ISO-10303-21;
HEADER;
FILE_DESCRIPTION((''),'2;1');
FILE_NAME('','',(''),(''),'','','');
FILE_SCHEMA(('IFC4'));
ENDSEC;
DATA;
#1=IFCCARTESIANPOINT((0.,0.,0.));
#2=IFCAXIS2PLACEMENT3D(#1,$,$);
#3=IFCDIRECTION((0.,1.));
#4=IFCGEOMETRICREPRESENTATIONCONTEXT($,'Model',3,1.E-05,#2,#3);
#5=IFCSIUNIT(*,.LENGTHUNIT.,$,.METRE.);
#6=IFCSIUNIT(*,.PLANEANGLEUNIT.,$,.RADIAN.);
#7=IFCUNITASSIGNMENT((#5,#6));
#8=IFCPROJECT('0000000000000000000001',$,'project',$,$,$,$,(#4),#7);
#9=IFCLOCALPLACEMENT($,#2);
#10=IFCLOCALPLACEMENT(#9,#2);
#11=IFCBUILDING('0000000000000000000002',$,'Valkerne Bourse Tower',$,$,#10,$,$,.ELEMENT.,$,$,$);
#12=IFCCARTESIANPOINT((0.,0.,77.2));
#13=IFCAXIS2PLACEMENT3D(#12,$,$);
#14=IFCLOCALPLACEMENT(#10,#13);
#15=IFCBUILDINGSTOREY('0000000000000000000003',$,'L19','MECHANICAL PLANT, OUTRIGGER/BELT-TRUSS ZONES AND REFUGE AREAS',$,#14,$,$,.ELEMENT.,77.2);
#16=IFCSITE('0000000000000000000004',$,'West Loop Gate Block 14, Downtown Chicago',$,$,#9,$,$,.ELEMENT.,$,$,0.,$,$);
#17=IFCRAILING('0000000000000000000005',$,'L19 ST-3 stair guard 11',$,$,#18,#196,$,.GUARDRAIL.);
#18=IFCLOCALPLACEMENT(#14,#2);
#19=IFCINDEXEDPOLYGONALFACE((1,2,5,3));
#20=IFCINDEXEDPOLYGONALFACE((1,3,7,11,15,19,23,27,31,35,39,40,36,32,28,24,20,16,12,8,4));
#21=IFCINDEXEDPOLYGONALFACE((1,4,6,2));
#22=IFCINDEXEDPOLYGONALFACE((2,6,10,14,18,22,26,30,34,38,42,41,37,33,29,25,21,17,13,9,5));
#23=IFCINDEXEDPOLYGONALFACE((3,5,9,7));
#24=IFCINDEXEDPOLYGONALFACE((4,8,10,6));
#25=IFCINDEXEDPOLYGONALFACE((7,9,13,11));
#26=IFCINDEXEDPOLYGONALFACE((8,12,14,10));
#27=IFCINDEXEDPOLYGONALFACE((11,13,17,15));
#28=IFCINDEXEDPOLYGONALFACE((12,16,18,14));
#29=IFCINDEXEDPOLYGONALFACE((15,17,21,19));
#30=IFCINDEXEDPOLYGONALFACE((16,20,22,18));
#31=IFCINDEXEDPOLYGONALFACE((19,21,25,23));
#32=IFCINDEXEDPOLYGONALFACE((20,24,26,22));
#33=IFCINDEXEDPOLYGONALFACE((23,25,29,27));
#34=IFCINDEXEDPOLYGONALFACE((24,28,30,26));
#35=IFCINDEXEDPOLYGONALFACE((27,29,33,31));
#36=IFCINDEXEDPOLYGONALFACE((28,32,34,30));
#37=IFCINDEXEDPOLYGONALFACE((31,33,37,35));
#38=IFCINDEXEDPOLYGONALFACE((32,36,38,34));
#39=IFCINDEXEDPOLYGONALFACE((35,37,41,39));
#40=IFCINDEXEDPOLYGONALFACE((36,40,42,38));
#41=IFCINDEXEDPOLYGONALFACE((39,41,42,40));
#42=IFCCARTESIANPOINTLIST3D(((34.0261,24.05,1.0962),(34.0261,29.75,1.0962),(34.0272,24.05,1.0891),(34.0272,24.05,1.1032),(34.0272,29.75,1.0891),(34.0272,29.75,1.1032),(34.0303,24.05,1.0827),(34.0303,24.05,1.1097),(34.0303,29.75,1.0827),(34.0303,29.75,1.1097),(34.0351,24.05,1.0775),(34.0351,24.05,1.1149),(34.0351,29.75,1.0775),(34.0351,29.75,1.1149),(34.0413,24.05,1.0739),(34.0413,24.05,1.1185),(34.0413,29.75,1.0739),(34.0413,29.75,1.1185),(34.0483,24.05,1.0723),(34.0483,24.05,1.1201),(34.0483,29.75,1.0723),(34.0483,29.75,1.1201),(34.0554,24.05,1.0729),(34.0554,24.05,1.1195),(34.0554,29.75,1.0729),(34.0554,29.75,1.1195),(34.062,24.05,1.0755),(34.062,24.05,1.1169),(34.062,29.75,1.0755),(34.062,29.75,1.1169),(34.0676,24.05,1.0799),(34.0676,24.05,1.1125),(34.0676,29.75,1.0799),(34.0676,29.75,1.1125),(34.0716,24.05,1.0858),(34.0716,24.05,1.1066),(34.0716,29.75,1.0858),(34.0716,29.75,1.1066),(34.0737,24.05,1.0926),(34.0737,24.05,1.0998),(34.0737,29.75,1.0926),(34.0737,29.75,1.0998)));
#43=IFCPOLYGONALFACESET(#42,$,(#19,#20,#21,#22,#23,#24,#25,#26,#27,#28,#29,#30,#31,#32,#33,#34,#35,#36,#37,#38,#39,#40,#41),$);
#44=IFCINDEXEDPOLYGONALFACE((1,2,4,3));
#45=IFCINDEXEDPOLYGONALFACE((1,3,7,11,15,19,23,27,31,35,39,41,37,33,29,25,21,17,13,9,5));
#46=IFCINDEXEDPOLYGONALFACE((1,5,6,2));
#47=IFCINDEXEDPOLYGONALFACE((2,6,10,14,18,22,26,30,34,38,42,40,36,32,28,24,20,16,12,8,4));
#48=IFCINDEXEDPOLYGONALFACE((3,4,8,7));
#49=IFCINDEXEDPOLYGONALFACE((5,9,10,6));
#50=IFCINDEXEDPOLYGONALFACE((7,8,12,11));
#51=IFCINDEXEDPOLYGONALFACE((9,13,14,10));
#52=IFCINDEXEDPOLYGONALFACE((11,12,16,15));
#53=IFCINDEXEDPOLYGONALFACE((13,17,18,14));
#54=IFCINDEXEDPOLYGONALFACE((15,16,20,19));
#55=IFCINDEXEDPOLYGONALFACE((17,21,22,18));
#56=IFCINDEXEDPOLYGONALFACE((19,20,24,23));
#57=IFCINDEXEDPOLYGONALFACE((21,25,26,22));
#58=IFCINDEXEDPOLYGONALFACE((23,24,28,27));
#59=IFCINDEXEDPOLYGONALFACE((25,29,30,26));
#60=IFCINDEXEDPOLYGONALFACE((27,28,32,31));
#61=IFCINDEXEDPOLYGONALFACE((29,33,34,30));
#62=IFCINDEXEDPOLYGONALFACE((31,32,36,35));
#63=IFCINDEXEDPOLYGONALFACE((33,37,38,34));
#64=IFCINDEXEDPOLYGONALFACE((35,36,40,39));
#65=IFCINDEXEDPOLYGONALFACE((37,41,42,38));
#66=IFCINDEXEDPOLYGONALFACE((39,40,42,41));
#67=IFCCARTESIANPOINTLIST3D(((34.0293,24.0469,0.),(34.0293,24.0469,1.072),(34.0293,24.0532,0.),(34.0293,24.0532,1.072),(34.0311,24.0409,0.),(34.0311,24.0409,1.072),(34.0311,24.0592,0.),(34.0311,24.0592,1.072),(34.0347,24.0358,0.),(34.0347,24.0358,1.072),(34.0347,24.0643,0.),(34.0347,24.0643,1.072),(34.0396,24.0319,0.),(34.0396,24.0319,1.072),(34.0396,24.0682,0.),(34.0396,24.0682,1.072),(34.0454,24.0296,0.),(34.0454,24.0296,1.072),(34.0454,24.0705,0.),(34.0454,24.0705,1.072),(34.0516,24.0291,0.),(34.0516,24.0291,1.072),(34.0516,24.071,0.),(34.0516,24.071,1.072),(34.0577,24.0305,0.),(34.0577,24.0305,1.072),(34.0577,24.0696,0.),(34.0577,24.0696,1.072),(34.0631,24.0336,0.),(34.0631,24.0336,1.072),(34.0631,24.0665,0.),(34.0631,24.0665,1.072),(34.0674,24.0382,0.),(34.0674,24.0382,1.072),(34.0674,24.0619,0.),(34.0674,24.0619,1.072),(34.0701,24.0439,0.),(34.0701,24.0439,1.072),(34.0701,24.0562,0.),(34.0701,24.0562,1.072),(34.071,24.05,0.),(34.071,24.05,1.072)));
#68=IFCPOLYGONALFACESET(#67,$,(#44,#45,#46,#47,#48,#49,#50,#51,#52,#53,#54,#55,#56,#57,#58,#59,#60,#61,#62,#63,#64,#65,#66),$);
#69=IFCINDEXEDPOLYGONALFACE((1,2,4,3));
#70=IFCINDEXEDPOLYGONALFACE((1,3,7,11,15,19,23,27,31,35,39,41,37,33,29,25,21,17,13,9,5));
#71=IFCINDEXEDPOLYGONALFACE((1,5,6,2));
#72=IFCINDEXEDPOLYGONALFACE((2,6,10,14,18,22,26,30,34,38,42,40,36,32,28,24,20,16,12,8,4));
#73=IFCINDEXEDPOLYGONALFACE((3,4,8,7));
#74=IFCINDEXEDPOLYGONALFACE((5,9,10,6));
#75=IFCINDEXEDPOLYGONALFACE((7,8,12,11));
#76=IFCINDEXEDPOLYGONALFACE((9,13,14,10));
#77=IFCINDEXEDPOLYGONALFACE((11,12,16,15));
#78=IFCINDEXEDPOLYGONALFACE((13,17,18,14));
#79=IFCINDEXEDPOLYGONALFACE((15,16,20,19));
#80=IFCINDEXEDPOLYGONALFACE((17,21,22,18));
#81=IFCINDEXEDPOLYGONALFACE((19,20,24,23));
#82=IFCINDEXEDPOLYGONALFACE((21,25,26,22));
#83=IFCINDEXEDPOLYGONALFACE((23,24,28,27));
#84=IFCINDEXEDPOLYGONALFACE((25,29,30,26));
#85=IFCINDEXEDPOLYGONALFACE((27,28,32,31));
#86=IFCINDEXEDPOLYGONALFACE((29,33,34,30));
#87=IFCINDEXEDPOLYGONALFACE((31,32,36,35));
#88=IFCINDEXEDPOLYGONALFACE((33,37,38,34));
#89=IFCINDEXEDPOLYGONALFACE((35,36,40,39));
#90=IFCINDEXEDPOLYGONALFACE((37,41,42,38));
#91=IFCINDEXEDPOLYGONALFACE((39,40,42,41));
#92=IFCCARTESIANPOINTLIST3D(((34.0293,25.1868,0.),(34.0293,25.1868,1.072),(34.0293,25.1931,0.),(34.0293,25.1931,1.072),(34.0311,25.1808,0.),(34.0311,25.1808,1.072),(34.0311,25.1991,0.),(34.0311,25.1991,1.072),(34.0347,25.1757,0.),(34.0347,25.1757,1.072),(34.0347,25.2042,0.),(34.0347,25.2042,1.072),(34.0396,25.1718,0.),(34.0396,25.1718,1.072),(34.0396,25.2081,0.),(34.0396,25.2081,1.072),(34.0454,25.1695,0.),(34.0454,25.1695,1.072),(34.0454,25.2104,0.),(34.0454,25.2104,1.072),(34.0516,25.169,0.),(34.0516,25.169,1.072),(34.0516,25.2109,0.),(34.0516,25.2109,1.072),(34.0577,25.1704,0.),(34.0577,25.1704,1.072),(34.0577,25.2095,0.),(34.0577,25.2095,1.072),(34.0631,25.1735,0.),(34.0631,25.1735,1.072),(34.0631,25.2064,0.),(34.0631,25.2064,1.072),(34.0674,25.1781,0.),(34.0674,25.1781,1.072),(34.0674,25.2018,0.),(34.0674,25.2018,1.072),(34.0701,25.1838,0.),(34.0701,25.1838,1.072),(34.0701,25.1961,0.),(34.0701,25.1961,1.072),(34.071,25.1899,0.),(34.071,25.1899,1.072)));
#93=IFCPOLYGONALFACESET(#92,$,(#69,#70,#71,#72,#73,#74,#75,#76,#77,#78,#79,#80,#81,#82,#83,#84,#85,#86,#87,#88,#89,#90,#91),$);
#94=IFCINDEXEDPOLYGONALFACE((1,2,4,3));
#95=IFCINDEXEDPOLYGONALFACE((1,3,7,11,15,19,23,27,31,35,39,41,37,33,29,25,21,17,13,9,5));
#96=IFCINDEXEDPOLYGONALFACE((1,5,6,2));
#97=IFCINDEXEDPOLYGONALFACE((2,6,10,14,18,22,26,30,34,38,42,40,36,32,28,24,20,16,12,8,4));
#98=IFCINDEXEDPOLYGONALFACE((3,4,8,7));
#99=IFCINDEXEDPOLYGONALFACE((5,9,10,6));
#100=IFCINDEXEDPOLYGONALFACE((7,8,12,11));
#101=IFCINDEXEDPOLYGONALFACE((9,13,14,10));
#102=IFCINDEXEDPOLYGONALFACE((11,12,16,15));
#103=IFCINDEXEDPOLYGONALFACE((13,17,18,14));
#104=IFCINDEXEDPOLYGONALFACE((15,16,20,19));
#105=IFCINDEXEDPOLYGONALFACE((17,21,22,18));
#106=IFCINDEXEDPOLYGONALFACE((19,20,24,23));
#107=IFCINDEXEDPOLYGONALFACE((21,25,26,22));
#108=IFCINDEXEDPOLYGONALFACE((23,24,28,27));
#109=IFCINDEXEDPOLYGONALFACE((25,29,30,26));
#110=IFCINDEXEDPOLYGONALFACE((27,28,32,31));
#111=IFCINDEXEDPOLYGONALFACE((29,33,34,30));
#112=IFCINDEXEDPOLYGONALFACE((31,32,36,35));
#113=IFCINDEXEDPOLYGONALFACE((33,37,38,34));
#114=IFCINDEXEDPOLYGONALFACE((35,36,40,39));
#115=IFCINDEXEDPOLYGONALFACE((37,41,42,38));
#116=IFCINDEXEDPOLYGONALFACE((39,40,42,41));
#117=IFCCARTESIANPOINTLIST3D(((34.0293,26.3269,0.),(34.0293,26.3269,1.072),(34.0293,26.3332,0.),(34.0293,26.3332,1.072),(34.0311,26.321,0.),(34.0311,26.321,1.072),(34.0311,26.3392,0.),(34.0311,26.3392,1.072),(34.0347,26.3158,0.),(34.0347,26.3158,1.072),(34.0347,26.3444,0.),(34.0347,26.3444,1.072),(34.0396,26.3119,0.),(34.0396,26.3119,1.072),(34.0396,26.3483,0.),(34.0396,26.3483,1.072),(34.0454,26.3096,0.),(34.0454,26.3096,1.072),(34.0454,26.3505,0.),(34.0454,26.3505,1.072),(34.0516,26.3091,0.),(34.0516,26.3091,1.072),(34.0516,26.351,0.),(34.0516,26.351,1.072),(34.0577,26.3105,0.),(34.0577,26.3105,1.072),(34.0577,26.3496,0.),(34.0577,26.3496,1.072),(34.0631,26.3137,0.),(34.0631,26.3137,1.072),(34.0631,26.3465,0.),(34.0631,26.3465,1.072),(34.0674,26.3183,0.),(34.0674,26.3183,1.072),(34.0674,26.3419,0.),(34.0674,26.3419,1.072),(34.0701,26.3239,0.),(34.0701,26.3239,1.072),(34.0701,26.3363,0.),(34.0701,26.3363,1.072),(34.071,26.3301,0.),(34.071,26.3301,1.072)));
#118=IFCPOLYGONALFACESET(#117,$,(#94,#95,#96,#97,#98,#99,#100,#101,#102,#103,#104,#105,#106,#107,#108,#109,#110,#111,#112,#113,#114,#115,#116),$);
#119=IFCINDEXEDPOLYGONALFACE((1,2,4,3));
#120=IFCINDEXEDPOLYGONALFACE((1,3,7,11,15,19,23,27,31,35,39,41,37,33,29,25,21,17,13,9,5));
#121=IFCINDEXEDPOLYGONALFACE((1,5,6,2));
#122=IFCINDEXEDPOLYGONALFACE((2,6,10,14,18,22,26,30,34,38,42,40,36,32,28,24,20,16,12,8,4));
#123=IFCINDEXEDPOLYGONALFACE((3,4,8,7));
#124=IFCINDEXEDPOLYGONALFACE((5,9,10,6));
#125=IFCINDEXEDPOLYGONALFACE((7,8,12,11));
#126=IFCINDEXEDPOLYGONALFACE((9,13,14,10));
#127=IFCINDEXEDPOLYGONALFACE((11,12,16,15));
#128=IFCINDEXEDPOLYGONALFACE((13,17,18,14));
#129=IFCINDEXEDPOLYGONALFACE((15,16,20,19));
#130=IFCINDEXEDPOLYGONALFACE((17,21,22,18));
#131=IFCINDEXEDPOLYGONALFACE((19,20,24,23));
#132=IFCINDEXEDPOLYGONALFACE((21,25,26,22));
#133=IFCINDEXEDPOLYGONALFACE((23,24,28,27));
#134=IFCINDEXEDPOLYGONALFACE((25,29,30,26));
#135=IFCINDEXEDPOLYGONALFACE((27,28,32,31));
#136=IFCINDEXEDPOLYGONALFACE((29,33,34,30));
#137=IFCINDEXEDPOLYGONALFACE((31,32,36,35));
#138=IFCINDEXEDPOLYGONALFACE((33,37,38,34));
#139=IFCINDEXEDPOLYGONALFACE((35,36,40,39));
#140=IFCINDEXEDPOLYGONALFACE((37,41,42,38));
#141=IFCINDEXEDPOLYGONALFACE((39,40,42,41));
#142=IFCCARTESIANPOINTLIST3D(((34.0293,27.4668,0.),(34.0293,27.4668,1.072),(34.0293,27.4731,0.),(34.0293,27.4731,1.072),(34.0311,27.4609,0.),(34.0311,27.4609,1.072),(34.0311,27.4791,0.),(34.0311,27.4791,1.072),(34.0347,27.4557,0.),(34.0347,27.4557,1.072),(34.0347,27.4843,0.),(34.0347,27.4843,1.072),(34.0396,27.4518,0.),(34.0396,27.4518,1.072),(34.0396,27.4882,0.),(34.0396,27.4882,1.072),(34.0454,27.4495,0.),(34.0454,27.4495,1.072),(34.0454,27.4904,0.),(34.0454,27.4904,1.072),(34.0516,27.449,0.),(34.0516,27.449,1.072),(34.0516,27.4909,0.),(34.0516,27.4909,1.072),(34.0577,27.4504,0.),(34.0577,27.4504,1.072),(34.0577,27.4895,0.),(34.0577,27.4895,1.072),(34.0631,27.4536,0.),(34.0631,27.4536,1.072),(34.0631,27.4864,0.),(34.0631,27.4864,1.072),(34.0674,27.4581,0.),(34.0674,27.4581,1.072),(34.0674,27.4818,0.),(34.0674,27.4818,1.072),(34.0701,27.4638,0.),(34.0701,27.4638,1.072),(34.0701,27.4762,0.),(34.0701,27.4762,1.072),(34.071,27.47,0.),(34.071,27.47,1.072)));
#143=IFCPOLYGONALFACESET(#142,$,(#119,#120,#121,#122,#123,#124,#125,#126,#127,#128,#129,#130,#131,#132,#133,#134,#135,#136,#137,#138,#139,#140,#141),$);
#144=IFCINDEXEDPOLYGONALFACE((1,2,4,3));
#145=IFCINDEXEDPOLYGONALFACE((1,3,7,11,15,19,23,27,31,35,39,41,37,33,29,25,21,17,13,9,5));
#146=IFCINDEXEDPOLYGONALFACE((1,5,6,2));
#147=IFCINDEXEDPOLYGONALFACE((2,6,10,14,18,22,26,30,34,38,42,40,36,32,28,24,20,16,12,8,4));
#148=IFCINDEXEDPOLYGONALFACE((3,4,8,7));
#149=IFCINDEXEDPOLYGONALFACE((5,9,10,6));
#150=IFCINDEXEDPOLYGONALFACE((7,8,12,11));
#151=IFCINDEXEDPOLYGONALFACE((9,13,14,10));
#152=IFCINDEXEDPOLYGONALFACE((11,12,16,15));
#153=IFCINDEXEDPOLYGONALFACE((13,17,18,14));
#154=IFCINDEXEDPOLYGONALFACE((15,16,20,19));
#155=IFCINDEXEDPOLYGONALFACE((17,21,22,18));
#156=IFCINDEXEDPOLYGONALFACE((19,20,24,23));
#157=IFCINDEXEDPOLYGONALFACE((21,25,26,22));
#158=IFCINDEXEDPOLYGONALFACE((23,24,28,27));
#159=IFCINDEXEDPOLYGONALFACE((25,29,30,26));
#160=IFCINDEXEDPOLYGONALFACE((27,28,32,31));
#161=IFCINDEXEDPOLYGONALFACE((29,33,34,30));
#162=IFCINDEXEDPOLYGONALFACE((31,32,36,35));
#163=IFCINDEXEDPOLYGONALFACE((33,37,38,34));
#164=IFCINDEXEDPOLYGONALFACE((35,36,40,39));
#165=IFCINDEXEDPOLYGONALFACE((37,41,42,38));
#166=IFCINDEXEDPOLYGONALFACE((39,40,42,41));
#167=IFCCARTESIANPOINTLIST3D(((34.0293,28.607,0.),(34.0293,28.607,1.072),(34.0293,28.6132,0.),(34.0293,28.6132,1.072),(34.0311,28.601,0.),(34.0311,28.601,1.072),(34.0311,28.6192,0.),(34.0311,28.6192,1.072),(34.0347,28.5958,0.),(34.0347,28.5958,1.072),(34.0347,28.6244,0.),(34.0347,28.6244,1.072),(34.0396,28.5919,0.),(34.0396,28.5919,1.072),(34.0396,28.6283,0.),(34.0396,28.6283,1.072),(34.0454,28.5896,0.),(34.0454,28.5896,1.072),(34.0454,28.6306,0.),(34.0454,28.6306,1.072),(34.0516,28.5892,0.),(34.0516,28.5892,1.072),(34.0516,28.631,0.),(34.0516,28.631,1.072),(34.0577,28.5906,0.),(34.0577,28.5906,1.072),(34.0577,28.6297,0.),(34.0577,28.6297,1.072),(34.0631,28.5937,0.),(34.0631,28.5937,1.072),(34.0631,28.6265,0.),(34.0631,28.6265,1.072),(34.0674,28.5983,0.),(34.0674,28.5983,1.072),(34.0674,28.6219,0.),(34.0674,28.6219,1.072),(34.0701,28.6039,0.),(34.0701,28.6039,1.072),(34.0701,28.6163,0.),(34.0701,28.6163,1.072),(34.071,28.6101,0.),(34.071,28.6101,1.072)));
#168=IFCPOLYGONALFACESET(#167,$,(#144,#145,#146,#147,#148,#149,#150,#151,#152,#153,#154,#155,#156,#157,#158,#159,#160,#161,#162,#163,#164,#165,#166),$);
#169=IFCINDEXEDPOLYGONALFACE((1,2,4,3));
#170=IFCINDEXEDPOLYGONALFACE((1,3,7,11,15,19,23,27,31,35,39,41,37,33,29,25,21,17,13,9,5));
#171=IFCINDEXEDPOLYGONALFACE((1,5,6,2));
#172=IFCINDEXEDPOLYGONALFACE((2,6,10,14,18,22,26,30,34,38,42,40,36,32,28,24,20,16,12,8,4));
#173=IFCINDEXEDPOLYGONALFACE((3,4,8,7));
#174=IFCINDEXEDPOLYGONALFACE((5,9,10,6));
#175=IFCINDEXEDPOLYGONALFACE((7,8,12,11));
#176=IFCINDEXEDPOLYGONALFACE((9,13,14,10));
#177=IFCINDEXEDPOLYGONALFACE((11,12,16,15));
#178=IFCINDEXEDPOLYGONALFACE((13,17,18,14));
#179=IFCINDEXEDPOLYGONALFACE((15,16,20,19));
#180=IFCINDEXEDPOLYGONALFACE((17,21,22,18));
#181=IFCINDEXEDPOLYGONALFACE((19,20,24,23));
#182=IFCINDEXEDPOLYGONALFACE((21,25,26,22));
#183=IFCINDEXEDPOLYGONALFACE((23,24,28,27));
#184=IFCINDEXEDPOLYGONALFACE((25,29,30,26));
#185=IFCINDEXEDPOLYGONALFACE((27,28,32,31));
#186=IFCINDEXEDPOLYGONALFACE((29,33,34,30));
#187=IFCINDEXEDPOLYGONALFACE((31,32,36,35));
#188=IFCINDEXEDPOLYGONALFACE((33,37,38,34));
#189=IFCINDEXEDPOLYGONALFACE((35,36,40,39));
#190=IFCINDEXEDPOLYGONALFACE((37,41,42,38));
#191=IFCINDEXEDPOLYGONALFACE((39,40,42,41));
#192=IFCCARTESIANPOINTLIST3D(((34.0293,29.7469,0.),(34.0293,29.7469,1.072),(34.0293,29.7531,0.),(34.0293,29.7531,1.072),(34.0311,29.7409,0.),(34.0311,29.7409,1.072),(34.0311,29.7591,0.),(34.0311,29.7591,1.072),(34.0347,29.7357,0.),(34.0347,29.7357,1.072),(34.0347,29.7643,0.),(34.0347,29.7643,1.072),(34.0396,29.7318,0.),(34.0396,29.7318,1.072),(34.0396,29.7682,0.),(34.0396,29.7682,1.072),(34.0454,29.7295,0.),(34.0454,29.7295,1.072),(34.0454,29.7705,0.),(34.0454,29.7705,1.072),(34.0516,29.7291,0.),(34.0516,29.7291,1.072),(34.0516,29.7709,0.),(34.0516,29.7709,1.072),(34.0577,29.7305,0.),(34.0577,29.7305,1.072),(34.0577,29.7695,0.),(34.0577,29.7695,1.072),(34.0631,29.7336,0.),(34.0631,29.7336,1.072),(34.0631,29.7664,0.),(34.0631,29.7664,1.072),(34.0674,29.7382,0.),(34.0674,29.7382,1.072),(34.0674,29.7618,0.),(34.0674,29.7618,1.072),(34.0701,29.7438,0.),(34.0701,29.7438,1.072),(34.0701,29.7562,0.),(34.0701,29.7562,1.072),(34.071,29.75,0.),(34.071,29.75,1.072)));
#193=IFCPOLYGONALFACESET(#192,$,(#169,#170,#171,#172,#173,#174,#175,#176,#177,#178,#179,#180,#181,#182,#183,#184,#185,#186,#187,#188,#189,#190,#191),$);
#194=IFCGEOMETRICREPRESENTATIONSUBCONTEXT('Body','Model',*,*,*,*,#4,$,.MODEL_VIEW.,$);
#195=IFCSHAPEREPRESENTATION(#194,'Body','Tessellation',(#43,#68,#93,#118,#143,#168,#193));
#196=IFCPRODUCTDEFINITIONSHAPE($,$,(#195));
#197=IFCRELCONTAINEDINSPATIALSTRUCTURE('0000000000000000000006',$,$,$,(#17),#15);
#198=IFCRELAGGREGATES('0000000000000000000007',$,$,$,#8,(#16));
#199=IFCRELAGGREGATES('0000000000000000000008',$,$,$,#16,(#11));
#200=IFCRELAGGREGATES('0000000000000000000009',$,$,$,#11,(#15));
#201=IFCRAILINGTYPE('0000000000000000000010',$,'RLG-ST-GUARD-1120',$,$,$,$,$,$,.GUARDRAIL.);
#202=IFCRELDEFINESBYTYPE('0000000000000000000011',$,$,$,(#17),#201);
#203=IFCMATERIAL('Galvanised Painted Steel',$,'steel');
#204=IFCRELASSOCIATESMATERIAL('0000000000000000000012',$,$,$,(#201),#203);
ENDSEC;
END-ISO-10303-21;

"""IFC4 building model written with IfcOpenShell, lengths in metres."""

from ifc_helpers import new_model, si_unit, direction, frame, origin, origin_2d, place, context, subcontext, project, spatial, circle, extrude, material, type_object, element, save


model = new_model("IFC4")

# Units and contexts
model_context = context("Model", 3, precision=1e-05, world=origin(), true_north=direction((0.0, 1.0)))
body_context = subcontext(model_context, "Body", "Model", "MODEL_VIEW")
ifc_project = project(units=[si_unit("LENGTHUNIT", "METRE"), si_unit("PLANEANGLEUNIT", "RADIAN")], contexts=[model_context])

# Site, building, storey
site_placement = place(None, origin())
site = spatial("IfcSite", under=ifc_project, at=site_placement, Name="West Loop Gate Block 14, Downtown Chicago", CompositionType="ELEMENT", RefElevation=0.0)
building_placement = place(site_placement, origin())
building = spatial("IfcBuilding", under=site, at=building_placement, Name="Valkerne Bourse Tower", CompositionType="ELEMENT")
storey_placement = place(building_placement, frame((0.0, 0.0, 77.2)))
storey = spatial("IfcBuildingStorey", under=building, at=storey_placement, Name="L19", Description="MECHANICAL PLANT, OUTRIGGER/BELT-TRUSS ZONES AND REFUGE AREAS", CompositionType="ELEMENT", Elevation=77.2)

# Shared definitions
ifc_material_1 = material(Name="Galvanised Painted Steel", Category="steel")

# Railing
railing_type_1 = type_object("IfcRailingType", Name="RLG-ST-GUARD-1120", PredefinedType="GUARDRAIL", material=ifc_material_1)
railing_1_placement = place(storey_placement, frame((34.05, 24.05, 0.0)))
element("IfcRailing", 1, at=railing_1_placement, inside=storey, type_object=railing_type_1, Name="L19 ST-3 stair guard 11", PredefinedType="GUARDRAIL", context=body_context, shape_type="SweptSolid", body=[
    extrude(circle(Radius=0.0239, at=origin_2d()), frame((0.0, 0.0, 1.0962), z_axis=(0.0, 1.0, 0.0), x_axis=(-1.0, 0.0, 0.0)), (0.0, 0.0, 1.0), 5.7),
    extrude(circle(Radius=0.021, at=origin_2d()), origin(), (0.0, 0.0, 1.0), 1.072),
    extrude(circle(Radius=0.021, at=origin_2d()), frame((0.0, 1.1399, 0.0)), (0.0, 0.0, 1.0), 1.072),
    extrude(circle(Radius=0.021, at=origin_2d()), frame((0.0, 2.28, 0.0)), (0.0, 0.0, 1.0), 1.072),
    extrude(circle(Radius=0.021, at=origin_2d()), frame((0.0, 3.4199, 0.0)), (0.0, 0.0, 1.0), 1.072),
    extrude(circle(Radius=0.021, at=origin_2d()), frame((0.0, 4.5601, 0.0)), (0.0, 0.0, 1.0), 1.072),
    extrude(circle(Radius=0.021, at=origin_2d()), frame((0.0, 5.7, 0.0)), (0.0, 0.0, 1.0), 1.072),
])

save(model, "model.ifc")
